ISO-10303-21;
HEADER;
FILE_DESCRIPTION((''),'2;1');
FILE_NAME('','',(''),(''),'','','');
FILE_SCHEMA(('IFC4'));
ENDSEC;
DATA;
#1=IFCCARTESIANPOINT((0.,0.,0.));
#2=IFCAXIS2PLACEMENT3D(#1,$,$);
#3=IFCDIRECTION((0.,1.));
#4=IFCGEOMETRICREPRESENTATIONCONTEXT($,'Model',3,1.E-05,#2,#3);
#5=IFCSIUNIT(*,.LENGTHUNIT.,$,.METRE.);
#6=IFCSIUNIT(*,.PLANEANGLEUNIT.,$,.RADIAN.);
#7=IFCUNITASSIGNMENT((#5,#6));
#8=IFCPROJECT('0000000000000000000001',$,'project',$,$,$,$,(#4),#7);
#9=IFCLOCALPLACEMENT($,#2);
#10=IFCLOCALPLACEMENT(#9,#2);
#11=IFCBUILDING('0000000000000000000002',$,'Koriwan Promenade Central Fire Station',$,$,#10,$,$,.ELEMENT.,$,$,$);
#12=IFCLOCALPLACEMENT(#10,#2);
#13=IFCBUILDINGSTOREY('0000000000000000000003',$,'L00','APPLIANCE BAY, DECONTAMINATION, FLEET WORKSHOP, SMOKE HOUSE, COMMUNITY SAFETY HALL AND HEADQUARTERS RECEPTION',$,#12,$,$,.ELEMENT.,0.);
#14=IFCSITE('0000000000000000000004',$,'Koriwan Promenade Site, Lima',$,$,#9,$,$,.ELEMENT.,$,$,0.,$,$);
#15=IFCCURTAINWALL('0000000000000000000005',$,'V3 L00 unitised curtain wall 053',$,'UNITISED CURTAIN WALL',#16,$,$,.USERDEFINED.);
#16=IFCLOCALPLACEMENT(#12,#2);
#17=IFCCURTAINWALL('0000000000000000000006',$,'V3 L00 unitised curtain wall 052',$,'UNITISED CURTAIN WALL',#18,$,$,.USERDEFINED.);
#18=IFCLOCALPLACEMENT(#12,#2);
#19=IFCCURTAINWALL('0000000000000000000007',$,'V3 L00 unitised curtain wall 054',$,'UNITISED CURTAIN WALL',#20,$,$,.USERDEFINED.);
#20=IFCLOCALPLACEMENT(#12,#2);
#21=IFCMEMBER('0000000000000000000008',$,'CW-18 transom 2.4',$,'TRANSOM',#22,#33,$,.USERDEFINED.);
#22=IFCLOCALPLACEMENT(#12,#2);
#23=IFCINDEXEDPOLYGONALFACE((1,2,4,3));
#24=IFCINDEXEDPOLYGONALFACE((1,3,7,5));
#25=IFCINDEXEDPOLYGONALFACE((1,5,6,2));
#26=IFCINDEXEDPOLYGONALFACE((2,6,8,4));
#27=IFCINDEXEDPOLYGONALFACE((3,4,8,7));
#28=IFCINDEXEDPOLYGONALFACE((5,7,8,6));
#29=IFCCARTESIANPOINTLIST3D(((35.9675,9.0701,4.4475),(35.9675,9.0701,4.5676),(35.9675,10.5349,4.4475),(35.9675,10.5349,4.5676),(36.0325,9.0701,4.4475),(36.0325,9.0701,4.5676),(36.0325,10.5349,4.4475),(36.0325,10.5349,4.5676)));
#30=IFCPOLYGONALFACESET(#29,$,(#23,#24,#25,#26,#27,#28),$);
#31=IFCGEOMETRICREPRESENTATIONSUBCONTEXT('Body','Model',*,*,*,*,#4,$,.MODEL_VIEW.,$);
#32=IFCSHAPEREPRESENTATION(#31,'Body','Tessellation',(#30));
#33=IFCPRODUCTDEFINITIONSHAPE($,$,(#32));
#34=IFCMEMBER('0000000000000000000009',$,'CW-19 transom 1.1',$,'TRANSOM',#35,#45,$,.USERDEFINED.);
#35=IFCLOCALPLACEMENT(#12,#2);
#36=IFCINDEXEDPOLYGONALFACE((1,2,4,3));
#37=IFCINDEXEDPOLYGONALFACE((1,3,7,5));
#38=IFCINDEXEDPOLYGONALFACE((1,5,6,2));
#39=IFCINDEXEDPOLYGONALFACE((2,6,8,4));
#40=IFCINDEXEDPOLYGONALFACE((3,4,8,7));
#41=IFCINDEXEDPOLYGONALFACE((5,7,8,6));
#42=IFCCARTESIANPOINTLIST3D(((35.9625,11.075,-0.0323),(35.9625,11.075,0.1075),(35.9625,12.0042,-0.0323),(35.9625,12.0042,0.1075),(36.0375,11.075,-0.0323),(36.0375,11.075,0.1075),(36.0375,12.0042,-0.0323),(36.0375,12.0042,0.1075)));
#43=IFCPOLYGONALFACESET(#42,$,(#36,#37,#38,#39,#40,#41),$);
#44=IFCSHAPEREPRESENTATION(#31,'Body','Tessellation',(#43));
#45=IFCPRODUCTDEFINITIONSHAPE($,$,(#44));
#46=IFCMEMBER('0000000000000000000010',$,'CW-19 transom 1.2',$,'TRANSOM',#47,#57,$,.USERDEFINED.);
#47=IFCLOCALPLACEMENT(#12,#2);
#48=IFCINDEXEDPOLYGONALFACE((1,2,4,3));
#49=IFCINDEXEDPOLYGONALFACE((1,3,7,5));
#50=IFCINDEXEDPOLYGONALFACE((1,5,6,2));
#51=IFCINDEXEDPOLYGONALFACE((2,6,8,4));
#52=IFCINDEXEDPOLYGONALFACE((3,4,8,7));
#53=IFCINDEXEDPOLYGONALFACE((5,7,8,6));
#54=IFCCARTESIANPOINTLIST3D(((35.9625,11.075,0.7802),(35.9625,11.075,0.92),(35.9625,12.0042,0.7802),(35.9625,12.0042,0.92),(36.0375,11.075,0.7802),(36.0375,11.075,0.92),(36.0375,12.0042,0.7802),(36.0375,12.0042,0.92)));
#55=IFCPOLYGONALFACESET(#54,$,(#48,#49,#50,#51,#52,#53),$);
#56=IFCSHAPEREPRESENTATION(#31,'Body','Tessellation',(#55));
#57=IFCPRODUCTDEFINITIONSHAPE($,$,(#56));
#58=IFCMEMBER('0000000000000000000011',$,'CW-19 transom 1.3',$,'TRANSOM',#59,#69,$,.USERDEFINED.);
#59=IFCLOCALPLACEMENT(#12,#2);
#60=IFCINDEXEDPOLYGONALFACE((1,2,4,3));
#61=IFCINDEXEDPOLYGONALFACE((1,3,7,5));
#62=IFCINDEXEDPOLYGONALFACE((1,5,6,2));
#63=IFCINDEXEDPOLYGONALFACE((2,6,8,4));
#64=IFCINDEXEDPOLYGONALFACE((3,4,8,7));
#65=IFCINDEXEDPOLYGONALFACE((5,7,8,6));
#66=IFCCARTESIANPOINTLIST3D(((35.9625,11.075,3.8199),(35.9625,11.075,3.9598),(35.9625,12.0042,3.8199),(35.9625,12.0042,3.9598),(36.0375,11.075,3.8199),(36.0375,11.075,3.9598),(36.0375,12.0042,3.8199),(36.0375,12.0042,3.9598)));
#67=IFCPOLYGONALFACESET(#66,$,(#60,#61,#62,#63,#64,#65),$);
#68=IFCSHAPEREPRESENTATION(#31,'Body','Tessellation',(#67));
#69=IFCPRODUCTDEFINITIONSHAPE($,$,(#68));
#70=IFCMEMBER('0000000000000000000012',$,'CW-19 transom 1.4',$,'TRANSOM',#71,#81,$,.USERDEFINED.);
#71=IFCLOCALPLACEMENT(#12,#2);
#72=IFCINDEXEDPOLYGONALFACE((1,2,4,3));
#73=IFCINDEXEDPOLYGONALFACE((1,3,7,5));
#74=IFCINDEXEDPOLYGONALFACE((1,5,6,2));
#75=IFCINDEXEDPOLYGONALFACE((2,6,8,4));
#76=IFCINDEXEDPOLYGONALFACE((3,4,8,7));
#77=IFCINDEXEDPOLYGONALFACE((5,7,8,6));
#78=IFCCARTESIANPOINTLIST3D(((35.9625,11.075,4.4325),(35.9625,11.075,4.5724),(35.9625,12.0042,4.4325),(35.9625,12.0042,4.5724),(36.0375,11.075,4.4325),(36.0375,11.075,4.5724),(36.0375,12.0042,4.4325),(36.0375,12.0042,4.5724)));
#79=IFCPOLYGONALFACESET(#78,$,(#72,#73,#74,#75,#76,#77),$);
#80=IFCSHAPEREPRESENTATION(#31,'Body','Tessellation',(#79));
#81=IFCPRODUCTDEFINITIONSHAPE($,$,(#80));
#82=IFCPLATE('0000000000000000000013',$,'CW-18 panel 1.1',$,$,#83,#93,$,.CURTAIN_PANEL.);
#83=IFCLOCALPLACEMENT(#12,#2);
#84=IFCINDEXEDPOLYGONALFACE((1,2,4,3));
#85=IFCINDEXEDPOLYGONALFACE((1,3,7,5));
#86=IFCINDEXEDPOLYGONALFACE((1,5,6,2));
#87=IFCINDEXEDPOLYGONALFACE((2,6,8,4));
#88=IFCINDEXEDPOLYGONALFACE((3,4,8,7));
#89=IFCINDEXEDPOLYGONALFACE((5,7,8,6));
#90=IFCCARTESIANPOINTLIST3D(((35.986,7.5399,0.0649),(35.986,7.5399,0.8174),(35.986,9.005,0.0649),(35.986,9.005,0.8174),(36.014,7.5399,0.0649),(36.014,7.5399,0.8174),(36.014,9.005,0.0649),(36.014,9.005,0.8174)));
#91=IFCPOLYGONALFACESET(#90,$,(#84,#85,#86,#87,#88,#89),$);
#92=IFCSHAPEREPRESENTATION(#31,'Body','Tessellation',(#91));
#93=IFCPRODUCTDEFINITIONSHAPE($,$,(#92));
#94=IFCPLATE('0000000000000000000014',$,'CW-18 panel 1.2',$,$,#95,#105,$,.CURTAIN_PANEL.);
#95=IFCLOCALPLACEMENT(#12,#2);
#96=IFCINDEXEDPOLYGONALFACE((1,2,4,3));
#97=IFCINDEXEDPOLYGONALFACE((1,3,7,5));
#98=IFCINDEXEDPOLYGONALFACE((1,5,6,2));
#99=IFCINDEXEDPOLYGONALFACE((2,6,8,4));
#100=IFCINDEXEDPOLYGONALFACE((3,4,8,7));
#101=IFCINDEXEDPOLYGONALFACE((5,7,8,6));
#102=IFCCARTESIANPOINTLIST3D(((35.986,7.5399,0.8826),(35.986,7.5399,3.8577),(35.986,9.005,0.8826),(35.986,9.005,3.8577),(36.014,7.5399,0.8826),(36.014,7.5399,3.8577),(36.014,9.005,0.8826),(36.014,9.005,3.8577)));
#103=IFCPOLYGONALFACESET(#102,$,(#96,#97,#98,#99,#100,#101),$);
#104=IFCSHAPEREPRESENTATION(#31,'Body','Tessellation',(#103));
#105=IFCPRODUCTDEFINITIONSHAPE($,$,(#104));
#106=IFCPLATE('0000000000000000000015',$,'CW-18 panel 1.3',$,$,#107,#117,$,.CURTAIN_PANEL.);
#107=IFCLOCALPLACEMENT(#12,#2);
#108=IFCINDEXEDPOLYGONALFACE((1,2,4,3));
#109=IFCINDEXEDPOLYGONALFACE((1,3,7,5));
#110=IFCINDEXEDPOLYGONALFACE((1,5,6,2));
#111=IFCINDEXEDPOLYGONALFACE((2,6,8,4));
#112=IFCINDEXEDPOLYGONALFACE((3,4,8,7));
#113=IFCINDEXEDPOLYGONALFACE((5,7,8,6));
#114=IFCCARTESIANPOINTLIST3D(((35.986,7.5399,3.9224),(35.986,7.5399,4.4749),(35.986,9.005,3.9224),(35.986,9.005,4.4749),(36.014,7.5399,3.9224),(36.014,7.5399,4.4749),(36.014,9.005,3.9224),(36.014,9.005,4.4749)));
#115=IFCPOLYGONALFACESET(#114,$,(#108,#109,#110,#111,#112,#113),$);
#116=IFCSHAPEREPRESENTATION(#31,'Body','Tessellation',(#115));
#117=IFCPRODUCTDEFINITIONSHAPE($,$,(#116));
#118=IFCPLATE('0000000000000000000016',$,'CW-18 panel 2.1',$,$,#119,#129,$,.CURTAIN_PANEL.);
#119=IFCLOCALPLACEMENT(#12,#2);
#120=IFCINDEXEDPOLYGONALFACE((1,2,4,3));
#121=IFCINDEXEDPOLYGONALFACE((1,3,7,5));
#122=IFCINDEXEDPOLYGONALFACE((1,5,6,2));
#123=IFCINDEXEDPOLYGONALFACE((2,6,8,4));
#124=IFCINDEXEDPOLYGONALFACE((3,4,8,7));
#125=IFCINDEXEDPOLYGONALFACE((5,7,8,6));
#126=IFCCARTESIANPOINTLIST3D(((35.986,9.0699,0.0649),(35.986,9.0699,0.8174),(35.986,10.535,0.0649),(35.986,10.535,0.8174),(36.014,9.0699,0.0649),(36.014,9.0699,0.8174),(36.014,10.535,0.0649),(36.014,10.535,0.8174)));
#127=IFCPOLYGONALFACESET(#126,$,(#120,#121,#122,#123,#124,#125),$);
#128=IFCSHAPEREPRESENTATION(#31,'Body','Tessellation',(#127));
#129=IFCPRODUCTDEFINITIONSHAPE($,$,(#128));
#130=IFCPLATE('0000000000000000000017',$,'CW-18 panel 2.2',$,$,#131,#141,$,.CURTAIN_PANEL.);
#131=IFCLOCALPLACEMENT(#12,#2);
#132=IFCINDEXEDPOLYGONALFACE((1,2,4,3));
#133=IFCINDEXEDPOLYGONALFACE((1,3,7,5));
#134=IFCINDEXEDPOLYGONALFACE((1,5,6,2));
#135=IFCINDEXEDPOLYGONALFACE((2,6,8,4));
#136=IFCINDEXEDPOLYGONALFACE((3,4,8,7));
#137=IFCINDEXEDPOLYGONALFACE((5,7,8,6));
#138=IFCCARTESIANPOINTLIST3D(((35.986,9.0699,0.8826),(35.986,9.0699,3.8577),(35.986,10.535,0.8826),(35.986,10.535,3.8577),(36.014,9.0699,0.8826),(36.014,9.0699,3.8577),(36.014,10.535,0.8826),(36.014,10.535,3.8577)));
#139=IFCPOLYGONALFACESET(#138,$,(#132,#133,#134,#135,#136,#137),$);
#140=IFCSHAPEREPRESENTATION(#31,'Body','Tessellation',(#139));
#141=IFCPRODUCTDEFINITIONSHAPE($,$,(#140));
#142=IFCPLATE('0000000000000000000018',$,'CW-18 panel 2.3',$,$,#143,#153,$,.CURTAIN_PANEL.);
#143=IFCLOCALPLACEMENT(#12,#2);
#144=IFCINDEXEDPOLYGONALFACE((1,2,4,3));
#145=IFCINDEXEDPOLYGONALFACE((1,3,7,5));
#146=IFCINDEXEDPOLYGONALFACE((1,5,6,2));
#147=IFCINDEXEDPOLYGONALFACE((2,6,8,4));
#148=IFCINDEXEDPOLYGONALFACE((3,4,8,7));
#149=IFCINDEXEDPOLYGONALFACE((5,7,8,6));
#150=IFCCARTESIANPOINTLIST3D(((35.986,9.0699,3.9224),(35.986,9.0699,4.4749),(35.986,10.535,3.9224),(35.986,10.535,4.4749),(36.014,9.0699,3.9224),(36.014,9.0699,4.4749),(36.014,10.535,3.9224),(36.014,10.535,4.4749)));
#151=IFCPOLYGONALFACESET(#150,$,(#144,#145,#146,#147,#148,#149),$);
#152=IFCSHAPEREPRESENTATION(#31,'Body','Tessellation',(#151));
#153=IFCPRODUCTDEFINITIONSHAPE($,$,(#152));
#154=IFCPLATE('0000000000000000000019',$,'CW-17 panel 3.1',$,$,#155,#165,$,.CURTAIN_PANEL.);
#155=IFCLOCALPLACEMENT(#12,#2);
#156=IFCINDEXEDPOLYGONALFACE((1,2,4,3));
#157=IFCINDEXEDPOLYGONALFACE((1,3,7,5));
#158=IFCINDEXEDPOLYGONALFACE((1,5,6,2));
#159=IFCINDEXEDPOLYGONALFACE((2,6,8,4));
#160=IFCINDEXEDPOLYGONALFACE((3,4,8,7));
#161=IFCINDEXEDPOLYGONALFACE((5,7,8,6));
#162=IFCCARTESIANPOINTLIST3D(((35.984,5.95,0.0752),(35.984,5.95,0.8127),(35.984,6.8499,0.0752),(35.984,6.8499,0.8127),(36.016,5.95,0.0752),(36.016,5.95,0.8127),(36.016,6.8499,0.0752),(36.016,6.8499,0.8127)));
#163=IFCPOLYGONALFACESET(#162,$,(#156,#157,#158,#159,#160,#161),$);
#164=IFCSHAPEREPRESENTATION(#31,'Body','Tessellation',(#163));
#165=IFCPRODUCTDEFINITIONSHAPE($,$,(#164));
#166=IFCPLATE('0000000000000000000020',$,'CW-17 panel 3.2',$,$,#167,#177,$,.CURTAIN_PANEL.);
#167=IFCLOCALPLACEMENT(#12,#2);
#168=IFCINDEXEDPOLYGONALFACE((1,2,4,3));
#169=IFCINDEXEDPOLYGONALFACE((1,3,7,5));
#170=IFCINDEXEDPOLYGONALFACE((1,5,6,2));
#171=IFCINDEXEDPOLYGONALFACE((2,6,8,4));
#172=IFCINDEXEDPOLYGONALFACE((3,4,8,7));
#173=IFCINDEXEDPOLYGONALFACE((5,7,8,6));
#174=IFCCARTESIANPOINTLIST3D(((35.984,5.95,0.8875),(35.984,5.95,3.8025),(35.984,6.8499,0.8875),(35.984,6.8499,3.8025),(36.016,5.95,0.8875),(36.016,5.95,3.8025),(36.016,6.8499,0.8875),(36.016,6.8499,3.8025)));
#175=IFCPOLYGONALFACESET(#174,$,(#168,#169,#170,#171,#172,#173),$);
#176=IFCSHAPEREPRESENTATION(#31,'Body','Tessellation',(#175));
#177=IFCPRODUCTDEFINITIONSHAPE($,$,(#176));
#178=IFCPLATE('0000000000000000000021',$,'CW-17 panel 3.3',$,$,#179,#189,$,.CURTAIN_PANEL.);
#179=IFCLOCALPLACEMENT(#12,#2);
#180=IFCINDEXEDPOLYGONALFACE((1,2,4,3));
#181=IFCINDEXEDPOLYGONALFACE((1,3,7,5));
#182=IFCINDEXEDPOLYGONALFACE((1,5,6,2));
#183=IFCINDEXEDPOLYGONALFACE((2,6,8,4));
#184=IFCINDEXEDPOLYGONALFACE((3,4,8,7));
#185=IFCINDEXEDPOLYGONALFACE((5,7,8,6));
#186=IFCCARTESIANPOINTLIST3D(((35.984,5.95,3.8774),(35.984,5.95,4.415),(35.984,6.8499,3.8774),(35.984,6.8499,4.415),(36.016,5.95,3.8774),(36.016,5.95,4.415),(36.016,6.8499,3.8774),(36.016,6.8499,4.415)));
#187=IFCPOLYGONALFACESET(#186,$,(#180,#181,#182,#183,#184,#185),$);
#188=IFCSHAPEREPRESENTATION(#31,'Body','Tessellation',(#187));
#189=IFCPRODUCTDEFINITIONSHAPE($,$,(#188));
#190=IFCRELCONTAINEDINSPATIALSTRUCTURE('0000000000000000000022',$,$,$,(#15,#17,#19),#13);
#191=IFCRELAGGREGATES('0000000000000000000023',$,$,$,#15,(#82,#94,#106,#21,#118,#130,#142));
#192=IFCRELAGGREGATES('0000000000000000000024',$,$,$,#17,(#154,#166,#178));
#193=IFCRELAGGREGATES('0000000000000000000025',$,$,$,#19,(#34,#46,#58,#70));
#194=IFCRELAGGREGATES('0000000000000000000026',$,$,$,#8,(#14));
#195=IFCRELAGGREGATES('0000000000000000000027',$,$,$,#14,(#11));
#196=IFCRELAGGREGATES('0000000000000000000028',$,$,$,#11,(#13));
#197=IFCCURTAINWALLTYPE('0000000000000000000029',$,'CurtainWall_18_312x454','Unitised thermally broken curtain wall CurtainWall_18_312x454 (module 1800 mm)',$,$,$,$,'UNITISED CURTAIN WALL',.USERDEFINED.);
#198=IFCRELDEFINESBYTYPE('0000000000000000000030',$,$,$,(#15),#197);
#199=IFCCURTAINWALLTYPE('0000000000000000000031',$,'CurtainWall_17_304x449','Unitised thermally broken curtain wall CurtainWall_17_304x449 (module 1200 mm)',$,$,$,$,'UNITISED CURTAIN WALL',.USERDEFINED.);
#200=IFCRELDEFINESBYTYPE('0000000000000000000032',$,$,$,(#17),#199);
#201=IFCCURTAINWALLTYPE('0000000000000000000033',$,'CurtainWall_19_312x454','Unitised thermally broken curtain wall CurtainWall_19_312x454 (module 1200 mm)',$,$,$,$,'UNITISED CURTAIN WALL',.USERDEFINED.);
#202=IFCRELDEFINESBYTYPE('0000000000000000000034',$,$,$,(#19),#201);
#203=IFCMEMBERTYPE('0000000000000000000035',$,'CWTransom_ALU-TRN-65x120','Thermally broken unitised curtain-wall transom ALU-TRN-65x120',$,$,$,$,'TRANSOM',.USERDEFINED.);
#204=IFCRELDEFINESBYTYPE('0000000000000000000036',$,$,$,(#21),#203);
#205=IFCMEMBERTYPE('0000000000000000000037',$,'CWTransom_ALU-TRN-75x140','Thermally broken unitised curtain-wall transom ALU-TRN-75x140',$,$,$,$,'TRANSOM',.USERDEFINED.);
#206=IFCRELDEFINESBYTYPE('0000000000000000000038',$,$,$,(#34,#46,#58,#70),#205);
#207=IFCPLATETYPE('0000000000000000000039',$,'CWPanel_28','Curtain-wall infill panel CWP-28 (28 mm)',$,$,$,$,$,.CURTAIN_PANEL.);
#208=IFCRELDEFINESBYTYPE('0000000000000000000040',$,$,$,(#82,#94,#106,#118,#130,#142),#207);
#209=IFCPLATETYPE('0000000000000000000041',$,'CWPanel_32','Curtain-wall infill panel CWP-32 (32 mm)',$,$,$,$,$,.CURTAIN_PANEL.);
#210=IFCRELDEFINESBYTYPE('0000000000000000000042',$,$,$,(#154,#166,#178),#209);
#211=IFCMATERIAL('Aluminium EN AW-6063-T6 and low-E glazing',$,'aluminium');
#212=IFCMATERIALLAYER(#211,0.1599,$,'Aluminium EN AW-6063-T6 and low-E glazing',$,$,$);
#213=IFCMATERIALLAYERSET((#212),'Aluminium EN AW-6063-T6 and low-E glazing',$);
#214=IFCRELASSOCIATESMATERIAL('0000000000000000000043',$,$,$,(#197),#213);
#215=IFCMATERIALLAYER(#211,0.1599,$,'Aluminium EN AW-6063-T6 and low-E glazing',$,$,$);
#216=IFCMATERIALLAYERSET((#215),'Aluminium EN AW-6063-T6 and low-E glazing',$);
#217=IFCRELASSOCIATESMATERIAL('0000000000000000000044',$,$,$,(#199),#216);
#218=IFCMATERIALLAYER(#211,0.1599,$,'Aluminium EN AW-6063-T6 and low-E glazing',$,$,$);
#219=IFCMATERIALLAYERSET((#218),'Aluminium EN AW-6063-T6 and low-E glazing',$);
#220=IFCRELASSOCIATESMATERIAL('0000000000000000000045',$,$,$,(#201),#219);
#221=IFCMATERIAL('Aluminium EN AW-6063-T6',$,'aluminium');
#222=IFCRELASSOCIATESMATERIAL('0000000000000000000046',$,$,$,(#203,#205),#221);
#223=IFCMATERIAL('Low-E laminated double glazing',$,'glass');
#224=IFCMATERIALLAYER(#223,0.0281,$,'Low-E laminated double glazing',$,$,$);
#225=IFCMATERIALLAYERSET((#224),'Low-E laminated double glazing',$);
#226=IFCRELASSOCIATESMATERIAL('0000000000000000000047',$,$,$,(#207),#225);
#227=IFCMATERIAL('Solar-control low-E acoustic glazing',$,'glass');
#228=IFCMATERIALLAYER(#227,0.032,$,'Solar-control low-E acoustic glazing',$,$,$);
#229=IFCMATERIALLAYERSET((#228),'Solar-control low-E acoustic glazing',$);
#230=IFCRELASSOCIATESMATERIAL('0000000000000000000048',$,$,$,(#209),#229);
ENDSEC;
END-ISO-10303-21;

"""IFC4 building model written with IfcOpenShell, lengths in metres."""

from ifc_helpers import new_model, si_unit, direction, frame, origin, origin_2d, place, context, subcontext, project, spatial, rectangle, extrude, material, layer, layer_set, material_profile, profile_set, type_object, element, aggregate, save


model = new_model("IFC4")

# Units and contexts
model_context = context("Model", 3, precision=1e-05, world=origin(), true_north=direction((0.0, 1.0)))
body_context = subcontext(model_context, "Body", "Model", "MODEL_VIEW")
ifc_project = project(units=[si_unit("LENGTHUNIT", "METRE"), si_unit("PLANEANGLEUNIT", "RADIAN")], contexts=[model_context])

# Site, building, storey
site_placement = place(None, origin())
site = spatial("IfcSite", under=ifc_project, at=site_placement, Name="Koriwan Promenade Site, Lima", CompositionType="ELEMENT", RefElevation=0.0)
building_placement = place(site_placement, origin())
building = spatial("IfcBuilding", under=site, at=building_placement, Name="Koriwan Promenade Central Fire Station", CompositionType="ELEMENT")
storey_placement = place(building_placement, origin())
storey = spatial("IfcBuildingStorey", under=building, at=storey_placement, Name="L00", Description="APPLIANCE BAY, DECONTAMINATION, FLEET WORKSHOP, SMOKE HOUSE, COMMUNITY SAFETY HALL AND HEADQUARTERS RECEPTION", CompositionType="ELEMENT", Elevation=0.0)

# Curtain wall
ifc_material_1 = material(Name="Aluminium EN AW-6063-T6 and low-E glazing", Category="aluminium")
ifc_layer_1 = layer(ifc_material_1, 0.1599, Name="Aluminium EN AW-6063-T6 and low-E glazing")
ifc_layer_set_1 = layer_set([ifc_layer_1], Name="Aluminium EN AW-6063-T6 and low-E glazing")
curtain_wall_type_1 = type_object("IfcCurtainWallType", Name="CurtainWall_18_312x454", Description="Unitised thermally broken curtain wall CurtainWall_18_312x454 (module 1800 mm)", ElementType="UNITISED CURTAIN WALL", PredefinedType="USERDEFINED", material=ifc_layer_set_1)
curtain_wall_1_placement = place(storey_placement, origin())
curtain_wall_1 = element("IfcCurtainWall", 1, at=curtain_wall_1_placement, inside=storey, type_object=curtain_wall_type_1, Name="V3 L00 unitised curtain wall 053", ObjectType="UNITISED CURTAIN WALL", PredefinedType="USERDEFINED")
ifc_material_2 = material(Name="Aluminium EN AW-6063-T6", Category="aluminium")

# Curtain walls
ifc_layer_2 = layer(ifc_material_1, 0.1599, Name="Aluminium EN AW-6063-T6 and low-E glazing")
ifc_layer_set_2 = layer_set([ifc_layer_2], Name="Aluminium EN AW-6063-T6 and low-E glazing")
curtain_wall_type_2 = type_object("IfcCurtainWallType", Name="CurtainWall_17_304x449", Description="Unitised thermally broken curtain wall CurtainWall_17_304x449 (module 1200 mm)", ElementType="UNITISED CURTAIN WALL", PredefinedType="USERDEFINED", material=ifc_layer_set_2)
curtain_wall_2_placement = place(storey_placement, origin())
curtain_wall_2 = element("IfcCurtainWall", 2, at=curtain_wall_2_placement, inside=storey, type_object=curtain_wall_type_2, Name="V3 L00 unitised curtain wall 052", ObjectType="UNITISED CURTAIN WALL", PredefinedType="USERDEFINED")
ifc_layer_3 = layer(ifc_material_1, 0.1599, Name="Aluminium EN AW-6063-T6 and low-E glazing")
ifc_layer_set_3 = layer_set([ifc_layer_3], Name="Aluminium EN AW-6063-T6 and low-E glazing")
curtain_wall_type_3 = type_object("IfcCurtainWallType", Name="CurtainWall_19_312x454", Description="Unitised thermally broken curtain wall CurtainWall_19_312x454 (module 1200 mm)", ElementType="UNITISED CURTAIN WALL", PredefinedType="USERDEFINED", material=ifc_layer_set_3)
curtain_wall_3_placement = place(storey_placement, origin())
curtain_wall_3 = element("IfcCurtainWall", 3, at=curtain_wall_3_placement, inside=storey, type_object=curtain_wall_type_3, Name="V3 L00 unitised curtain wall 054", ObjectType="UNITISED CURTAIN WALL", PredefinedType="USERDEFINED")

# Members
ifc_material_profile_1 = material_profile(ifc_material_2, rectangle(XDim=0.0649, YDim=0.1201, at=origin_2d()), Name="ALU-TRN-65x120")
ifc_profile_set_1 = profile_set([ifc_material_profile_1], Name="Aluminium EN AW-6063-T6")
member_type_1 = type_object("IfcMemberType", Name="CWTransom_ALU-TRN-65x120", Description="Thermally broken unitised curtain-wall transom ALU-TRN-65x120", ElementType="TRANSOM", PredefinedType="USERDEFINED", material=ifc_profile_set_1)
member_1_placement = place(storey_placement, frame((36.0, 9.0701, 4.5076), z_axis=(0.0, 1.0, 0.0), x_axis=(-1.0, 0.0, 0.0)))
member_1 = element("IfcMember", 4, at=member_1_placement, type_object=member_type_1, Name="CW-18 transom 2.4", ObjectType="TRANSOM", PredefinedType="USERDEFINED", context=body_context, shape_type="SweptSolid", body=[
    extrude(rectangle(XDim=0.0649, YDim=0.1201, at=origin_2d()), origin(), (0.0, 0.0, 1.0), 1.4648),
])
ifc_material_profile_2 = material_profile(ifc_material_2, rectangle(XDim=0.075, YDim=0.1399, at=origin_2d()), Name="ALU-TRN-75x140")
ifc_profile_set_2 = profile_set([ifc_material_profile_2], Name="Aluminium EN AW-6063-T6")
member_type_2 = type_object("IfcMemberType", Name="CWTransom_ALU-TRN-75x140", Description="Thermally broken unitised curtain-wall transom ALU-TRN-75x140", ElementType="TRANSOM", PredefinedType="USERDEFINED", material=ifc_profile_set_2)
member_2_placement = place(storey_placement, frame((36.0, 11.075, 0.0376), z_axis=(0.0, 1.0, 0.0), x_axis=(-1.0, 0.0, 0.0)))
member_2 = element("IfcMember", 5, at=member_2_placement, type_object=member_type_2, Name="CW-19 transom 1.1", ObjectType="TRANSOM", PredefinedType="USERDEFINED", context=body_context, shape_type="SweptSolid", body=[
    extrude(rectangle(XDim=0.075, YDim=0.1399, at=origin_2d()), origin(), (0.0, 0.0, 1.0), 0.9292),
])
member_3_placement = place(storey_placement, frame((36.0, 11.075, 0.8501), z_axis=(0.0, 1.0, 0.0), x_axis=(-1.0, 0.0, 0.0)))
member_3 = element("IfcMember", 6, at=member_3_placement, type_object=member_type_2, Name="CW-19 transom 1.2", ObjectType="TRANSOM", PredefinedType="USERDEFINED", context=body_context, shape_type="SweptSolid", body=[
    extrude(rectangle(XDim=0.075, YDim=0.1399, at=origin_2d()), origin(), (0.0, 0.0, 1.0), 0.9292),
])
member_4_placement = place(storey_placement, frame((36.0, 11.075, 3.8899), z_axis=(0.0, 1.0, 0.0), x_axis=(-1.0, 0.0, 0.0)))
member_4 = element("IfcMember", 7, at=member_4_placement, type_object=member_type_2, Name="CW-19 transom 1.3", ObjectType="TRANSOM", PredefinedType="USERDEFINED", context=body_context, shape_type="SweptSolid", body=[
    extrude(rectangle(XDim=0.075, YDim=0.1399, at=origin_2d()), origin(), (0.0, 0.0, 1.0), 0.9292),
])
member_5_placement = place(storey_placement, frame((36.0, 11.075, 4.5024), z_axis=(0.0, 1.0, 0.0), x_axis=(-1.0, 0.0, 0.0)))
member_5 = element("IfcMember", 8, at=member_5_placement, type_object=member_type_2, Name="CW-19 transom 1.4", ObjectType="TRANSOM", PredefinedType="USERDEFINED", context=body_context, shape_type="SweptSolid", body=[
    extrude(rectangle(XDim=0.075, YDim=0.1399, at=origin_2d()), origin(), (0.0, 0.0, 1.0), 0.9292),
])

# Plates
ifc_material_3 = material(Name="Low-E laminated double glazing", Category="glass")
ifc_layer_4 = layer(ifc_material_3, 0.0281, Name="Low-E laminated double glazing")
ifc_layer_set_4 = layer_set([ifc_layer_4], Name="Low-E laminated double glazing")
plate_type_1 = type_object("IfcPlateType", Name="CWPanel_28", Description="Curtain-wall infill panel CWP-28 (28 mm)", PredefinedType="CURTAIN_PANEL", material=ifc_layer_set_4)
plate_1_placement = place(storey_placement, frame((36.0, 8.2725, 0.0649), z_axis=(0.0, 0.0, 1.0), x_axis=(0.0, 1.0, 0.0)))
plate_1 = element("IfcPlate", 9, at=plate_1_placement, type_object=plate_type_1, Name="CW-18 panel 1.1", PredefinedType="CURTAIN_PANEL", context=body_context, shape_type="SweptSolid", body=[
    extrude(rectangle(XDim=1.4651, YDim=0.0281, at=origin_2d()), origin(), (0.0, 0.0, 1.0), 0.7524),
])
plate_2_placement = place(storey_placement, frame((36.0, 8.2725, 0.8826), z_axis=(0.0, 0.0, 1.0), x_axis=(0.0, 1.0, 0.0)))
plate_2 = element("IfcPlate", 10, at=plate_2_placement, type_object=plate_type_1, Name="CW-18 panel 1.2", PredefinedType="CURTAIN_PANEL", context=body_context, shape_type="SweptSolid", body=[
    extrude(rectangle(XDim=1.4651, YDim=0.0281, at=origin_2d()), origin(), (0.0, 0.0, 1.0), 2.9751),
])
plate_3_placement = place(storey_placement, frame((36.0, 8.2725, 3.9224), z_axis=(0.0, 0.0, 1.0), x_axis=(0.0, 1.0, 0.0)))
plate_3 = element("IfcPlate", 11, at=plate_3_placement, type_object=plate_type_1, Name="CW-18 panel 1.3", PredefinedType="CURTAIN_PANEL", context=body_context, shape_type="SweptSolid", body=[
    extrude(rectangle(XDim=1.4651, YDim=0.0281, at=origin_2d()), origin(), (0.0, 0.0, 1.0), 0.5525),
])
plate_4_placement = place(storey_placement, frame((36.0, 9.8025, 0.0649), z_axis=(0.0, 0.0, 1.0), x_axis=(0.0, 1.0, 0.0)))
plate_4 = element("IfcPlate", 12, at=plate_4_placement, type_object=plate_type_1, Name="CW-18 panel 2.1", PredefinedType="CURTAIN_PANEL", context=body_context, shape_type="SweptSolid", body=[
    extrude(rectangle(XDim=1.4651, YDim=0.0281, at=origin_2d()), origin(), (0.0, 0.0, 1.0), 0.7524),
])
plate_5_placement = place(storey_placement, frame((36.0, 9.8025, 0.8826), z_axis=(0.0, 0.0, 1.0), x_axis=(0.0, 1.0, 0.0)))
plate_5 = element("IfcPlate", 13, at=plate_5_placement, type_object=plate_type_1, Name="CW-18 panel 2.2", PredefinedType="CURTAIN_PANEL", context=body_context, shape_type="SweptSolid", body=[
    extrude(rectangle(XDim=1.4651, YDim=0.0281, at=origin_2d()), origin(), (0.0, 0.0, 1.0), 2.9751),
])
plate_6_placement = place(storey_placement, frame((36.0, 9.8025, 3.9224), z_axis=(0.0, 0.0, 1.0), x_axis=(0.0, 1.0, 0.0)))
plate_6 = element("IfcPlate", 14, at=plate_6_placement, type_object=plate_type_1, Name="CW-18 panel 2.3", PredefinedType="CURTAIN_PANEL", context=body_context, shape_type="SweptSolid", body=[
    extrude(rectangle(XDim=1.4651, YDim=0.0281, at=origin_2d()), origin(), (0.0, 0.0, 1.0), 0.5525),
])
aggregate(curtain_wall_1, [plate_1, plate_2, plate_3, member_1, plate_4, plate_5, plate_6])
ifc_material_4 = material(Name="Solar-control low-E acoustic glazing", Category="glass")
ifc_layer_5 = layer(ifc_material_4, 0.032, Name="Solar-control low-E acoustic glazing")
ifc_layer_set_5 = layer_set([ifc_layer_5], Name="Solar-control low-E acoustic glazing")
plate_type_2 = type_object("IfcPlateType", Name="CWPanel_32", Description="Curtain-wall infill panel CWP-32 (32 mm)", PredefinedType="CURTAIN_PANEL", material=ifc_layer_set_5)
plate_7_placement = place(storey_placement, frame((36.0, 6.3999, 0.0752), z_axis=(0.0, 0.0, 1.0), x_axis=(0.0, 1.0, 0.0)))
plate_7 = element("IfcPlate", 15, at=plate_7_placement, type_object=plate_type_2, Name="CW-17 panel 3.1", PredefinedType="CURTAIN_PANEL", context=body_context, shape_type="SweptSolid", body=[
    extrude(rectangle(XDim=0.8999, YDim=0.032, at=origin_2d()), origin(), (0.0, 0.0, 1.0), 0.7375),
])
plate_8_placement = place(storey_placement, frame((36.0, 6.3999, 0.8875), z_axis=(0.0, 0.0, 1.0), x_axis=(0.0, 1.0, 0.0)))
plate_8 = element("IfcPlate", 16, at=plate_8_placement, type_object=plate_type_2, Name="CW-17 panel 3.2", PredefinedType="CURTAIN_PANEL", context=body_context, shape_type="SweptSolid", body=[
    extrude(rectangle(XDim=0.8999, YDim=0.032, at=origin_2d()), origin(), (0.0, 0.0, 1.0), 2.915),
])
plate_9_placement = place(storey_placement, frame((36.0, 6.3999, 3.8774), z_axis=(0.0, 0.0, 1.0), x_axis=(0.0, 1.0, 0.0)))
plate_9 = element("IfcPlate", 17, at=plate_9_placement, type_object=plate_type_2, Name="CW-17 panel 3.3", PredefinedType="CURTAIN_PANEL", context=body_context, shape_type="SweptSolid", body=[
    extrude(rectangle(XDim=0.8999, YDim=0.032, at=origin_2d()), origin(), (0.0, 0.0, 1.0), 0.5376),
])
aggregate(curtain_wall_2, [plate_7, plate_8, plate_9])
aggregate(curtain_wall_3, [member_2, member_3, member_4, member_5])

save(model, "model.ifc")
